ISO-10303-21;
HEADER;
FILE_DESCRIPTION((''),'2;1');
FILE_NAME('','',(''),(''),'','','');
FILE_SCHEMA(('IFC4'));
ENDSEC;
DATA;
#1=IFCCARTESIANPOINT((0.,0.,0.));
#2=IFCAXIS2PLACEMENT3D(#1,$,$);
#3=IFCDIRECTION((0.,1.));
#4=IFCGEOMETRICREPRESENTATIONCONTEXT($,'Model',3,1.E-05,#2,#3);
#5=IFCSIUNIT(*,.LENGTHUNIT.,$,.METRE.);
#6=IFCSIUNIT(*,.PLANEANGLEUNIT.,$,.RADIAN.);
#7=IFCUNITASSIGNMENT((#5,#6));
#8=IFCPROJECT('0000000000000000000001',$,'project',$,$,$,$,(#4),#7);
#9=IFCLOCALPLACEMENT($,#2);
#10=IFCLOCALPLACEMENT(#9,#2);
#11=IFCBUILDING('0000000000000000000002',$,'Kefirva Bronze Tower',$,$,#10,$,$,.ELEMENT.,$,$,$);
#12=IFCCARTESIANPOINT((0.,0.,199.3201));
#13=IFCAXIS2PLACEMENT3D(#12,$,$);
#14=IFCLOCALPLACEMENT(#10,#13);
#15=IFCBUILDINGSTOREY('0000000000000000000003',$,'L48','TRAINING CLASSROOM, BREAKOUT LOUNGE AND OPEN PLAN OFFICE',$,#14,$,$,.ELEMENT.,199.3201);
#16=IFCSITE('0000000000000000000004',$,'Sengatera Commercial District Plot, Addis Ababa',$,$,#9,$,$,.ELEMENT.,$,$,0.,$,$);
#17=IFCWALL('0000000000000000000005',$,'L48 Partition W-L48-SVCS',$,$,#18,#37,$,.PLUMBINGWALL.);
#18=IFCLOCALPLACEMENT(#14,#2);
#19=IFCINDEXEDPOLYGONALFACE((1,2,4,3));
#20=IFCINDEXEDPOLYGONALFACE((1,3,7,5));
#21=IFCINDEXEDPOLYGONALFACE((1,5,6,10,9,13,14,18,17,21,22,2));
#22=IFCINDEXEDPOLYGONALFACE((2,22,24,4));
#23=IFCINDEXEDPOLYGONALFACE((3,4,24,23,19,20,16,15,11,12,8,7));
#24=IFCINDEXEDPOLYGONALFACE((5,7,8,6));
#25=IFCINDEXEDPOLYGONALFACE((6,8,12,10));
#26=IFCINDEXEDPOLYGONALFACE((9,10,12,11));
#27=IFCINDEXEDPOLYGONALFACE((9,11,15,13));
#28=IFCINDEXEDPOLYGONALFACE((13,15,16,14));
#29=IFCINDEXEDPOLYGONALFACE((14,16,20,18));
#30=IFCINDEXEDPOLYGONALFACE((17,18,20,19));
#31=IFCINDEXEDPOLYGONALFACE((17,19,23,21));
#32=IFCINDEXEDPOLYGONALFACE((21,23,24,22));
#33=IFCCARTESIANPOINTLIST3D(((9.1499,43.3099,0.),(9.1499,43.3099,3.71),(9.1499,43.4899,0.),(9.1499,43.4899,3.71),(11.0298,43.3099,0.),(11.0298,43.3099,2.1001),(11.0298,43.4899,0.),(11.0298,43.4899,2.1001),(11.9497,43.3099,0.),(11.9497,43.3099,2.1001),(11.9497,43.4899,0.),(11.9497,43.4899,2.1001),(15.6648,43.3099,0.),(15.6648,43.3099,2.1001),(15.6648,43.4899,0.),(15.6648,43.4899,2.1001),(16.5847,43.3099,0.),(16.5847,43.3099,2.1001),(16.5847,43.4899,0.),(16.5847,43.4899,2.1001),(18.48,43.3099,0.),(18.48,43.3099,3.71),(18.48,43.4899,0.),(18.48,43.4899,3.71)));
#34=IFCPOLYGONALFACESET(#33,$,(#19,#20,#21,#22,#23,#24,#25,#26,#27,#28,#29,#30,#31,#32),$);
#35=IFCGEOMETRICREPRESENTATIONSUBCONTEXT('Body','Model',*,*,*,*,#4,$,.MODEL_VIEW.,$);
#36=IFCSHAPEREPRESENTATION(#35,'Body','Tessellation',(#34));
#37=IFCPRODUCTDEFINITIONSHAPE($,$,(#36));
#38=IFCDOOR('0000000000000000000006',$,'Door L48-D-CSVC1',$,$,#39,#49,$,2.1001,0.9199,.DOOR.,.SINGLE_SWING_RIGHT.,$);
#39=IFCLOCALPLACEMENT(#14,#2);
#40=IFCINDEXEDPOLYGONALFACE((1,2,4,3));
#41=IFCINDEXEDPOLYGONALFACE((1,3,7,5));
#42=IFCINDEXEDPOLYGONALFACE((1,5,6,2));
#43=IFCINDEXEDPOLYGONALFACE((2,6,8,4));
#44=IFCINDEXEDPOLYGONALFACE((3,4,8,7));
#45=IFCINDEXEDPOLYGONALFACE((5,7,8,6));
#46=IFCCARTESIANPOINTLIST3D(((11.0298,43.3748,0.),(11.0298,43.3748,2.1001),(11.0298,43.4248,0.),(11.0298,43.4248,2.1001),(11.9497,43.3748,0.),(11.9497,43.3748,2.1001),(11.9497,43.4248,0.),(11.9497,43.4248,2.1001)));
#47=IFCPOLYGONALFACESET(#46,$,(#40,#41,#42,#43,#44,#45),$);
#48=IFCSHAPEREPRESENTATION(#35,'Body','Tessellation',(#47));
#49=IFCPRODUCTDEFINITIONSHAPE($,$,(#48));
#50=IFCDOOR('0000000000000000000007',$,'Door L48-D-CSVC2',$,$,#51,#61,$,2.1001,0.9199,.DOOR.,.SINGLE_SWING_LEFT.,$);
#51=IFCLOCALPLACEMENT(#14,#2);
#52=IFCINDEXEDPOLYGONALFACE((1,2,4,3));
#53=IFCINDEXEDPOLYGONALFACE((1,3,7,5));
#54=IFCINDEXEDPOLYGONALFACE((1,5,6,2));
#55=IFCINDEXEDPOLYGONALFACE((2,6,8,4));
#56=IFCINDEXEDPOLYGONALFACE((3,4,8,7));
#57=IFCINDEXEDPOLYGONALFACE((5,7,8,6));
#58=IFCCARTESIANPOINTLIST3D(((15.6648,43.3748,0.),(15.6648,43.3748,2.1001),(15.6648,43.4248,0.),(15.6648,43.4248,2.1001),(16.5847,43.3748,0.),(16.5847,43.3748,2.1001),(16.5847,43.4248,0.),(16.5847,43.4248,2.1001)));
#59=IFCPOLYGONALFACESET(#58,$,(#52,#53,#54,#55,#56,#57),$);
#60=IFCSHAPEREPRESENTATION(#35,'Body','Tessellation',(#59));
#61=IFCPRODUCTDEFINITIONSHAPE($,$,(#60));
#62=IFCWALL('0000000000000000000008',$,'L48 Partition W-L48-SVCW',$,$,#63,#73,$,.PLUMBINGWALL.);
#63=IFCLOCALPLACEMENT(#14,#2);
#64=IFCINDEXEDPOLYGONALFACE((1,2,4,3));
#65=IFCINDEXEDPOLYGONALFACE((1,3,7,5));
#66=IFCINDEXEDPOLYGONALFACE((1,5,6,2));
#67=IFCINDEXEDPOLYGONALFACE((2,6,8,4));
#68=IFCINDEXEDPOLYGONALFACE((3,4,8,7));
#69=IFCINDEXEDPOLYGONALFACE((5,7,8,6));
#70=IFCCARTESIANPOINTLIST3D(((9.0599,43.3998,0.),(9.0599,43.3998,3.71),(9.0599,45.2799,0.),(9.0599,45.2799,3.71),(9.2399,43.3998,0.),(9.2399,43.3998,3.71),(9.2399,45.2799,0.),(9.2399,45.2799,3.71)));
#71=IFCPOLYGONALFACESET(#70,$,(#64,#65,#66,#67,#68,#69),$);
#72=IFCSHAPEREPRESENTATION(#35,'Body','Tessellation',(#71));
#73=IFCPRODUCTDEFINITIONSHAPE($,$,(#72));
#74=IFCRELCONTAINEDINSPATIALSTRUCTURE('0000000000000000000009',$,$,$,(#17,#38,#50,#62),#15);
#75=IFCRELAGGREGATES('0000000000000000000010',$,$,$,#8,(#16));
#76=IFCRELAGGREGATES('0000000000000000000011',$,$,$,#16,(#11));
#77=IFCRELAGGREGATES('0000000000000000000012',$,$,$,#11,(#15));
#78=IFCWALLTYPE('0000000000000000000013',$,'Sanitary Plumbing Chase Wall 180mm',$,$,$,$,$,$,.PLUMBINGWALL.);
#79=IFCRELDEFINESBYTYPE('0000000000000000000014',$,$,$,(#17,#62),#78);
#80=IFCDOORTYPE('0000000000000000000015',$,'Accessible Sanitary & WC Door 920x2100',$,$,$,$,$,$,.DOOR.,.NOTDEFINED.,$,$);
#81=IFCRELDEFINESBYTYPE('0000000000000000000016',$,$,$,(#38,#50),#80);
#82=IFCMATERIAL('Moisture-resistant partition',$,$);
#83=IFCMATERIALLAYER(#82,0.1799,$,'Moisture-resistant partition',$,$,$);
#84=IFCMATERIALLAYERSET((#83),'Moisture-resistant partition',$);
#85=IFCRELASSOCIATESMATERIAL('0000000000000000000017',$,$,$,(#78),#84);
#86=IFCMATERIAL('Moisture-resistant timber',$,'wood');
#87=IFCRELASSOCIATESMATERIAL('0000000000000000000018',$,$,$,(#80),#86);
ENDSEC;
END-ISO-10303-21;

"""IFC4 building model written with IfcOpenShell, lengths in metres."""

from ifc_helpers import new_model, si_unit, direction, frame, frame_2d, origin, place, context, subcontext, project, spatial, rectangle, extrude, material, layer, layer_set, type_object, element, fill, save


model = new_model("IFC4")

# Units and contexts
model_context = context("Model", 3, precision=1e-05, world=origin(), true_north=direction((0.0, 1.0)))
body_context = subcontext(model_context, "Body", "Model", "MODEL_VIEW")
ifc_project = project(units=[si_unit("LENGTHUNIT", "METRE"), si_unit("PLANEANGLEUNIT", "RADIAN")], contexts=[model_context])

# Site, building, storey
site_placement = place(None, origin())
site = spatial("IfcSite", under=ifc_project, at=site_placement, Name="Sengatera Commercial District Plot, Addis Ababa", CompositionType="ELEMENT", RefElevation=0.0)
building_placement = place(site_placement, origin())
building = spatial("IfcBuilding", under=site, at=building_placement, Name="Kefirva Bronze Tower", CompositionType="ELEMENT")
storey_placement = place(building_placement, frame((0.0, 0.0, 199.3201)))
storey = spatial("IfcBuildingStorey", under=building, at=storey_placement, Name="L48", Description="TRAINING CLASSROOM, BREAKOUT LOUNGE AND OPEN PLAN OFFICE", CompositionType="ELEMENT", Elevation=199.3201)

# Wall, openings, doors
ifc_material_1 = material(Name="Moisture-resistant partition")
ifc_layer_1 = layer(ifc_material_1, 0.1799, Name="Moisture-resistant partition")
ifc_layer_set_1 = layer_set([ifc_layer_1], Name="Moisture-resistant partition")
wall_type_1 = type_object("IfcWallType", Name="Sanitary Plumbing Chase Wall 180mm", PredefinedType="PLUMBINGWALL", material=ifc_layer_set_1)
wall_1_placement = place(storey_placement, frame((9.1499, 43.3999, 0.0), z_axis=(0.0, 0.0, 1.0), x_axis=(1.0, 0.0, 0.0)))
wall_1 = element("IfcWall", 1, at=wall_1_placement, inside=storey, type_object=wall_type_1, Name="L48 Partition W-L48-SVCS", PredefinedType="PLUMBINGWALL", context=body_context, shape_type="SweptSolid", body=[
    extrude(rectangle(XDim=9.3301, YDim=0.1799, at=frame_2d((4.665, 0.0))), origin(), (0.0, 0.0, 1.0), 3.71),
])
opening_1_placement = place(wall_1_placement, frame((1.8799, 0.0, 0.0)))
opening_1 = element("IfcOpeningElement", 2, at=opening_1_placement, cuts=wall_1, PredefinedType="OPENING", context=body_context, shape_type="SweptSolid", body=[
    extrude(rectangle(XDim=0.9199, YDim=2.1001, at=frame_2d((0.46, 1.05))), frame((0.0, 0.1001, 0.0), z_axis=(0.0, -1.0, 0.0), x_axis=(1.0, 0.0, 0.0)), (0.0, 0.0, 1.0), 0.2),
])
opening_2_placement = place(wall_1_placement, frame((6.5149, 0.0, 0.0)))
opening_2 = element("IfcOpeningElement", 3, at=opening_2_placement, cuts=wall_1, PredefinedType="OPENING", context=body_context, shape_type="SweptSolid", body=[
    extrude(rectangle(XDim=0.9199, YDim=2.1001, at=frame_2d((0.46, 1.05))), frame((0.0, 0.1001, 0.0), z_axis=(0.0, -1.0, 0.0), x_axis=(1.0, 0.0, 0.0)), (0.0, 0.0, 1.0), 0.2),
])
ifc_material_2 = material(Name="Moisture-resistant timber", Category="wood")
door_type_1 = type_object("IfcDoorType", Name="Accessible Sanitary & WC Door 920x2100", OperationType="NOTDEFINED", PredefinedType="DOOR", material=ifc_material_2)
door_1_placement = place(opening_1_placement, origin())
door_1 = element("IfcDoor", 4, at=door_1_placement, inside=storey, type_object=door_type_1, Name="Door L48-D-CSVC1", OperationType="SINGLE_SWING_RIGHT", OverallHeight=2.1001, OverallWidth=0.9199, PredefinedType="DOOR", context=body_context, shape_type="SweptSolid", body=[
    extrude(rectangle(XDim=0.9199, YDim=2.1001, at=frame_2d((0.46, 1.05))), frame((0.0, 0.0249, 0.0), z_axis=(0.0, -1.0, 0.0), x_axis=(1.0, 0.0, 0.0)), (0.0, 0.0, 1.0), 0.05),
])
fill(opening_1, door_1)
door_2_placement = place(opening_2_placement, origin())
door_2 = element("IfcDoor", 5, at=door_2_placement, inside=storey, type_object=door_type_1, Name="Door L48-D-CSVC2", OperationType="SINGLE_SWING_LEFT", OverallHeight=2.1001, OverallWidth=0.9199, PredefinedType="DOOR", context=body_context, shape_type="SweptSolid", body=[
    extrude(rectangle(XDim=0.9199, YDim=2.1001, at=frame_2d((0.46, 1.05))), frame((0.0, 0.0249, 0.0), z_axis=(0.0, -1.0, 0.0), x_axis=(1.0, 0.0, 0.0)), (0.0, 0.0, 1.0), 0.05),
])
fill(opening_2, door_2)

# Wall
wall_2_placement = place(storey_placement, frame((9.1499, 43.3999, 0.0), z_axis=(0.0, 0.0, 1.0), x_axis=(0.0, 1.0, 0.0)))
element("IfcWall", 6, at=wall_2_placement, inside=storey, type_object=wall_type_1, Name="L48 Partition W-L48-SVCW", PredefinedType="PLUMBINGWALL", context=body_context, shape_type="SweptSolid", body=[
    extrude(rectangle(XDim=1.8801, YDim=0.1799, at=frame_2d((0.9399, 0.0))), origin(), (0.0, 0.0, 1.0), 3.71),
])

save(model, "model.ifc")
